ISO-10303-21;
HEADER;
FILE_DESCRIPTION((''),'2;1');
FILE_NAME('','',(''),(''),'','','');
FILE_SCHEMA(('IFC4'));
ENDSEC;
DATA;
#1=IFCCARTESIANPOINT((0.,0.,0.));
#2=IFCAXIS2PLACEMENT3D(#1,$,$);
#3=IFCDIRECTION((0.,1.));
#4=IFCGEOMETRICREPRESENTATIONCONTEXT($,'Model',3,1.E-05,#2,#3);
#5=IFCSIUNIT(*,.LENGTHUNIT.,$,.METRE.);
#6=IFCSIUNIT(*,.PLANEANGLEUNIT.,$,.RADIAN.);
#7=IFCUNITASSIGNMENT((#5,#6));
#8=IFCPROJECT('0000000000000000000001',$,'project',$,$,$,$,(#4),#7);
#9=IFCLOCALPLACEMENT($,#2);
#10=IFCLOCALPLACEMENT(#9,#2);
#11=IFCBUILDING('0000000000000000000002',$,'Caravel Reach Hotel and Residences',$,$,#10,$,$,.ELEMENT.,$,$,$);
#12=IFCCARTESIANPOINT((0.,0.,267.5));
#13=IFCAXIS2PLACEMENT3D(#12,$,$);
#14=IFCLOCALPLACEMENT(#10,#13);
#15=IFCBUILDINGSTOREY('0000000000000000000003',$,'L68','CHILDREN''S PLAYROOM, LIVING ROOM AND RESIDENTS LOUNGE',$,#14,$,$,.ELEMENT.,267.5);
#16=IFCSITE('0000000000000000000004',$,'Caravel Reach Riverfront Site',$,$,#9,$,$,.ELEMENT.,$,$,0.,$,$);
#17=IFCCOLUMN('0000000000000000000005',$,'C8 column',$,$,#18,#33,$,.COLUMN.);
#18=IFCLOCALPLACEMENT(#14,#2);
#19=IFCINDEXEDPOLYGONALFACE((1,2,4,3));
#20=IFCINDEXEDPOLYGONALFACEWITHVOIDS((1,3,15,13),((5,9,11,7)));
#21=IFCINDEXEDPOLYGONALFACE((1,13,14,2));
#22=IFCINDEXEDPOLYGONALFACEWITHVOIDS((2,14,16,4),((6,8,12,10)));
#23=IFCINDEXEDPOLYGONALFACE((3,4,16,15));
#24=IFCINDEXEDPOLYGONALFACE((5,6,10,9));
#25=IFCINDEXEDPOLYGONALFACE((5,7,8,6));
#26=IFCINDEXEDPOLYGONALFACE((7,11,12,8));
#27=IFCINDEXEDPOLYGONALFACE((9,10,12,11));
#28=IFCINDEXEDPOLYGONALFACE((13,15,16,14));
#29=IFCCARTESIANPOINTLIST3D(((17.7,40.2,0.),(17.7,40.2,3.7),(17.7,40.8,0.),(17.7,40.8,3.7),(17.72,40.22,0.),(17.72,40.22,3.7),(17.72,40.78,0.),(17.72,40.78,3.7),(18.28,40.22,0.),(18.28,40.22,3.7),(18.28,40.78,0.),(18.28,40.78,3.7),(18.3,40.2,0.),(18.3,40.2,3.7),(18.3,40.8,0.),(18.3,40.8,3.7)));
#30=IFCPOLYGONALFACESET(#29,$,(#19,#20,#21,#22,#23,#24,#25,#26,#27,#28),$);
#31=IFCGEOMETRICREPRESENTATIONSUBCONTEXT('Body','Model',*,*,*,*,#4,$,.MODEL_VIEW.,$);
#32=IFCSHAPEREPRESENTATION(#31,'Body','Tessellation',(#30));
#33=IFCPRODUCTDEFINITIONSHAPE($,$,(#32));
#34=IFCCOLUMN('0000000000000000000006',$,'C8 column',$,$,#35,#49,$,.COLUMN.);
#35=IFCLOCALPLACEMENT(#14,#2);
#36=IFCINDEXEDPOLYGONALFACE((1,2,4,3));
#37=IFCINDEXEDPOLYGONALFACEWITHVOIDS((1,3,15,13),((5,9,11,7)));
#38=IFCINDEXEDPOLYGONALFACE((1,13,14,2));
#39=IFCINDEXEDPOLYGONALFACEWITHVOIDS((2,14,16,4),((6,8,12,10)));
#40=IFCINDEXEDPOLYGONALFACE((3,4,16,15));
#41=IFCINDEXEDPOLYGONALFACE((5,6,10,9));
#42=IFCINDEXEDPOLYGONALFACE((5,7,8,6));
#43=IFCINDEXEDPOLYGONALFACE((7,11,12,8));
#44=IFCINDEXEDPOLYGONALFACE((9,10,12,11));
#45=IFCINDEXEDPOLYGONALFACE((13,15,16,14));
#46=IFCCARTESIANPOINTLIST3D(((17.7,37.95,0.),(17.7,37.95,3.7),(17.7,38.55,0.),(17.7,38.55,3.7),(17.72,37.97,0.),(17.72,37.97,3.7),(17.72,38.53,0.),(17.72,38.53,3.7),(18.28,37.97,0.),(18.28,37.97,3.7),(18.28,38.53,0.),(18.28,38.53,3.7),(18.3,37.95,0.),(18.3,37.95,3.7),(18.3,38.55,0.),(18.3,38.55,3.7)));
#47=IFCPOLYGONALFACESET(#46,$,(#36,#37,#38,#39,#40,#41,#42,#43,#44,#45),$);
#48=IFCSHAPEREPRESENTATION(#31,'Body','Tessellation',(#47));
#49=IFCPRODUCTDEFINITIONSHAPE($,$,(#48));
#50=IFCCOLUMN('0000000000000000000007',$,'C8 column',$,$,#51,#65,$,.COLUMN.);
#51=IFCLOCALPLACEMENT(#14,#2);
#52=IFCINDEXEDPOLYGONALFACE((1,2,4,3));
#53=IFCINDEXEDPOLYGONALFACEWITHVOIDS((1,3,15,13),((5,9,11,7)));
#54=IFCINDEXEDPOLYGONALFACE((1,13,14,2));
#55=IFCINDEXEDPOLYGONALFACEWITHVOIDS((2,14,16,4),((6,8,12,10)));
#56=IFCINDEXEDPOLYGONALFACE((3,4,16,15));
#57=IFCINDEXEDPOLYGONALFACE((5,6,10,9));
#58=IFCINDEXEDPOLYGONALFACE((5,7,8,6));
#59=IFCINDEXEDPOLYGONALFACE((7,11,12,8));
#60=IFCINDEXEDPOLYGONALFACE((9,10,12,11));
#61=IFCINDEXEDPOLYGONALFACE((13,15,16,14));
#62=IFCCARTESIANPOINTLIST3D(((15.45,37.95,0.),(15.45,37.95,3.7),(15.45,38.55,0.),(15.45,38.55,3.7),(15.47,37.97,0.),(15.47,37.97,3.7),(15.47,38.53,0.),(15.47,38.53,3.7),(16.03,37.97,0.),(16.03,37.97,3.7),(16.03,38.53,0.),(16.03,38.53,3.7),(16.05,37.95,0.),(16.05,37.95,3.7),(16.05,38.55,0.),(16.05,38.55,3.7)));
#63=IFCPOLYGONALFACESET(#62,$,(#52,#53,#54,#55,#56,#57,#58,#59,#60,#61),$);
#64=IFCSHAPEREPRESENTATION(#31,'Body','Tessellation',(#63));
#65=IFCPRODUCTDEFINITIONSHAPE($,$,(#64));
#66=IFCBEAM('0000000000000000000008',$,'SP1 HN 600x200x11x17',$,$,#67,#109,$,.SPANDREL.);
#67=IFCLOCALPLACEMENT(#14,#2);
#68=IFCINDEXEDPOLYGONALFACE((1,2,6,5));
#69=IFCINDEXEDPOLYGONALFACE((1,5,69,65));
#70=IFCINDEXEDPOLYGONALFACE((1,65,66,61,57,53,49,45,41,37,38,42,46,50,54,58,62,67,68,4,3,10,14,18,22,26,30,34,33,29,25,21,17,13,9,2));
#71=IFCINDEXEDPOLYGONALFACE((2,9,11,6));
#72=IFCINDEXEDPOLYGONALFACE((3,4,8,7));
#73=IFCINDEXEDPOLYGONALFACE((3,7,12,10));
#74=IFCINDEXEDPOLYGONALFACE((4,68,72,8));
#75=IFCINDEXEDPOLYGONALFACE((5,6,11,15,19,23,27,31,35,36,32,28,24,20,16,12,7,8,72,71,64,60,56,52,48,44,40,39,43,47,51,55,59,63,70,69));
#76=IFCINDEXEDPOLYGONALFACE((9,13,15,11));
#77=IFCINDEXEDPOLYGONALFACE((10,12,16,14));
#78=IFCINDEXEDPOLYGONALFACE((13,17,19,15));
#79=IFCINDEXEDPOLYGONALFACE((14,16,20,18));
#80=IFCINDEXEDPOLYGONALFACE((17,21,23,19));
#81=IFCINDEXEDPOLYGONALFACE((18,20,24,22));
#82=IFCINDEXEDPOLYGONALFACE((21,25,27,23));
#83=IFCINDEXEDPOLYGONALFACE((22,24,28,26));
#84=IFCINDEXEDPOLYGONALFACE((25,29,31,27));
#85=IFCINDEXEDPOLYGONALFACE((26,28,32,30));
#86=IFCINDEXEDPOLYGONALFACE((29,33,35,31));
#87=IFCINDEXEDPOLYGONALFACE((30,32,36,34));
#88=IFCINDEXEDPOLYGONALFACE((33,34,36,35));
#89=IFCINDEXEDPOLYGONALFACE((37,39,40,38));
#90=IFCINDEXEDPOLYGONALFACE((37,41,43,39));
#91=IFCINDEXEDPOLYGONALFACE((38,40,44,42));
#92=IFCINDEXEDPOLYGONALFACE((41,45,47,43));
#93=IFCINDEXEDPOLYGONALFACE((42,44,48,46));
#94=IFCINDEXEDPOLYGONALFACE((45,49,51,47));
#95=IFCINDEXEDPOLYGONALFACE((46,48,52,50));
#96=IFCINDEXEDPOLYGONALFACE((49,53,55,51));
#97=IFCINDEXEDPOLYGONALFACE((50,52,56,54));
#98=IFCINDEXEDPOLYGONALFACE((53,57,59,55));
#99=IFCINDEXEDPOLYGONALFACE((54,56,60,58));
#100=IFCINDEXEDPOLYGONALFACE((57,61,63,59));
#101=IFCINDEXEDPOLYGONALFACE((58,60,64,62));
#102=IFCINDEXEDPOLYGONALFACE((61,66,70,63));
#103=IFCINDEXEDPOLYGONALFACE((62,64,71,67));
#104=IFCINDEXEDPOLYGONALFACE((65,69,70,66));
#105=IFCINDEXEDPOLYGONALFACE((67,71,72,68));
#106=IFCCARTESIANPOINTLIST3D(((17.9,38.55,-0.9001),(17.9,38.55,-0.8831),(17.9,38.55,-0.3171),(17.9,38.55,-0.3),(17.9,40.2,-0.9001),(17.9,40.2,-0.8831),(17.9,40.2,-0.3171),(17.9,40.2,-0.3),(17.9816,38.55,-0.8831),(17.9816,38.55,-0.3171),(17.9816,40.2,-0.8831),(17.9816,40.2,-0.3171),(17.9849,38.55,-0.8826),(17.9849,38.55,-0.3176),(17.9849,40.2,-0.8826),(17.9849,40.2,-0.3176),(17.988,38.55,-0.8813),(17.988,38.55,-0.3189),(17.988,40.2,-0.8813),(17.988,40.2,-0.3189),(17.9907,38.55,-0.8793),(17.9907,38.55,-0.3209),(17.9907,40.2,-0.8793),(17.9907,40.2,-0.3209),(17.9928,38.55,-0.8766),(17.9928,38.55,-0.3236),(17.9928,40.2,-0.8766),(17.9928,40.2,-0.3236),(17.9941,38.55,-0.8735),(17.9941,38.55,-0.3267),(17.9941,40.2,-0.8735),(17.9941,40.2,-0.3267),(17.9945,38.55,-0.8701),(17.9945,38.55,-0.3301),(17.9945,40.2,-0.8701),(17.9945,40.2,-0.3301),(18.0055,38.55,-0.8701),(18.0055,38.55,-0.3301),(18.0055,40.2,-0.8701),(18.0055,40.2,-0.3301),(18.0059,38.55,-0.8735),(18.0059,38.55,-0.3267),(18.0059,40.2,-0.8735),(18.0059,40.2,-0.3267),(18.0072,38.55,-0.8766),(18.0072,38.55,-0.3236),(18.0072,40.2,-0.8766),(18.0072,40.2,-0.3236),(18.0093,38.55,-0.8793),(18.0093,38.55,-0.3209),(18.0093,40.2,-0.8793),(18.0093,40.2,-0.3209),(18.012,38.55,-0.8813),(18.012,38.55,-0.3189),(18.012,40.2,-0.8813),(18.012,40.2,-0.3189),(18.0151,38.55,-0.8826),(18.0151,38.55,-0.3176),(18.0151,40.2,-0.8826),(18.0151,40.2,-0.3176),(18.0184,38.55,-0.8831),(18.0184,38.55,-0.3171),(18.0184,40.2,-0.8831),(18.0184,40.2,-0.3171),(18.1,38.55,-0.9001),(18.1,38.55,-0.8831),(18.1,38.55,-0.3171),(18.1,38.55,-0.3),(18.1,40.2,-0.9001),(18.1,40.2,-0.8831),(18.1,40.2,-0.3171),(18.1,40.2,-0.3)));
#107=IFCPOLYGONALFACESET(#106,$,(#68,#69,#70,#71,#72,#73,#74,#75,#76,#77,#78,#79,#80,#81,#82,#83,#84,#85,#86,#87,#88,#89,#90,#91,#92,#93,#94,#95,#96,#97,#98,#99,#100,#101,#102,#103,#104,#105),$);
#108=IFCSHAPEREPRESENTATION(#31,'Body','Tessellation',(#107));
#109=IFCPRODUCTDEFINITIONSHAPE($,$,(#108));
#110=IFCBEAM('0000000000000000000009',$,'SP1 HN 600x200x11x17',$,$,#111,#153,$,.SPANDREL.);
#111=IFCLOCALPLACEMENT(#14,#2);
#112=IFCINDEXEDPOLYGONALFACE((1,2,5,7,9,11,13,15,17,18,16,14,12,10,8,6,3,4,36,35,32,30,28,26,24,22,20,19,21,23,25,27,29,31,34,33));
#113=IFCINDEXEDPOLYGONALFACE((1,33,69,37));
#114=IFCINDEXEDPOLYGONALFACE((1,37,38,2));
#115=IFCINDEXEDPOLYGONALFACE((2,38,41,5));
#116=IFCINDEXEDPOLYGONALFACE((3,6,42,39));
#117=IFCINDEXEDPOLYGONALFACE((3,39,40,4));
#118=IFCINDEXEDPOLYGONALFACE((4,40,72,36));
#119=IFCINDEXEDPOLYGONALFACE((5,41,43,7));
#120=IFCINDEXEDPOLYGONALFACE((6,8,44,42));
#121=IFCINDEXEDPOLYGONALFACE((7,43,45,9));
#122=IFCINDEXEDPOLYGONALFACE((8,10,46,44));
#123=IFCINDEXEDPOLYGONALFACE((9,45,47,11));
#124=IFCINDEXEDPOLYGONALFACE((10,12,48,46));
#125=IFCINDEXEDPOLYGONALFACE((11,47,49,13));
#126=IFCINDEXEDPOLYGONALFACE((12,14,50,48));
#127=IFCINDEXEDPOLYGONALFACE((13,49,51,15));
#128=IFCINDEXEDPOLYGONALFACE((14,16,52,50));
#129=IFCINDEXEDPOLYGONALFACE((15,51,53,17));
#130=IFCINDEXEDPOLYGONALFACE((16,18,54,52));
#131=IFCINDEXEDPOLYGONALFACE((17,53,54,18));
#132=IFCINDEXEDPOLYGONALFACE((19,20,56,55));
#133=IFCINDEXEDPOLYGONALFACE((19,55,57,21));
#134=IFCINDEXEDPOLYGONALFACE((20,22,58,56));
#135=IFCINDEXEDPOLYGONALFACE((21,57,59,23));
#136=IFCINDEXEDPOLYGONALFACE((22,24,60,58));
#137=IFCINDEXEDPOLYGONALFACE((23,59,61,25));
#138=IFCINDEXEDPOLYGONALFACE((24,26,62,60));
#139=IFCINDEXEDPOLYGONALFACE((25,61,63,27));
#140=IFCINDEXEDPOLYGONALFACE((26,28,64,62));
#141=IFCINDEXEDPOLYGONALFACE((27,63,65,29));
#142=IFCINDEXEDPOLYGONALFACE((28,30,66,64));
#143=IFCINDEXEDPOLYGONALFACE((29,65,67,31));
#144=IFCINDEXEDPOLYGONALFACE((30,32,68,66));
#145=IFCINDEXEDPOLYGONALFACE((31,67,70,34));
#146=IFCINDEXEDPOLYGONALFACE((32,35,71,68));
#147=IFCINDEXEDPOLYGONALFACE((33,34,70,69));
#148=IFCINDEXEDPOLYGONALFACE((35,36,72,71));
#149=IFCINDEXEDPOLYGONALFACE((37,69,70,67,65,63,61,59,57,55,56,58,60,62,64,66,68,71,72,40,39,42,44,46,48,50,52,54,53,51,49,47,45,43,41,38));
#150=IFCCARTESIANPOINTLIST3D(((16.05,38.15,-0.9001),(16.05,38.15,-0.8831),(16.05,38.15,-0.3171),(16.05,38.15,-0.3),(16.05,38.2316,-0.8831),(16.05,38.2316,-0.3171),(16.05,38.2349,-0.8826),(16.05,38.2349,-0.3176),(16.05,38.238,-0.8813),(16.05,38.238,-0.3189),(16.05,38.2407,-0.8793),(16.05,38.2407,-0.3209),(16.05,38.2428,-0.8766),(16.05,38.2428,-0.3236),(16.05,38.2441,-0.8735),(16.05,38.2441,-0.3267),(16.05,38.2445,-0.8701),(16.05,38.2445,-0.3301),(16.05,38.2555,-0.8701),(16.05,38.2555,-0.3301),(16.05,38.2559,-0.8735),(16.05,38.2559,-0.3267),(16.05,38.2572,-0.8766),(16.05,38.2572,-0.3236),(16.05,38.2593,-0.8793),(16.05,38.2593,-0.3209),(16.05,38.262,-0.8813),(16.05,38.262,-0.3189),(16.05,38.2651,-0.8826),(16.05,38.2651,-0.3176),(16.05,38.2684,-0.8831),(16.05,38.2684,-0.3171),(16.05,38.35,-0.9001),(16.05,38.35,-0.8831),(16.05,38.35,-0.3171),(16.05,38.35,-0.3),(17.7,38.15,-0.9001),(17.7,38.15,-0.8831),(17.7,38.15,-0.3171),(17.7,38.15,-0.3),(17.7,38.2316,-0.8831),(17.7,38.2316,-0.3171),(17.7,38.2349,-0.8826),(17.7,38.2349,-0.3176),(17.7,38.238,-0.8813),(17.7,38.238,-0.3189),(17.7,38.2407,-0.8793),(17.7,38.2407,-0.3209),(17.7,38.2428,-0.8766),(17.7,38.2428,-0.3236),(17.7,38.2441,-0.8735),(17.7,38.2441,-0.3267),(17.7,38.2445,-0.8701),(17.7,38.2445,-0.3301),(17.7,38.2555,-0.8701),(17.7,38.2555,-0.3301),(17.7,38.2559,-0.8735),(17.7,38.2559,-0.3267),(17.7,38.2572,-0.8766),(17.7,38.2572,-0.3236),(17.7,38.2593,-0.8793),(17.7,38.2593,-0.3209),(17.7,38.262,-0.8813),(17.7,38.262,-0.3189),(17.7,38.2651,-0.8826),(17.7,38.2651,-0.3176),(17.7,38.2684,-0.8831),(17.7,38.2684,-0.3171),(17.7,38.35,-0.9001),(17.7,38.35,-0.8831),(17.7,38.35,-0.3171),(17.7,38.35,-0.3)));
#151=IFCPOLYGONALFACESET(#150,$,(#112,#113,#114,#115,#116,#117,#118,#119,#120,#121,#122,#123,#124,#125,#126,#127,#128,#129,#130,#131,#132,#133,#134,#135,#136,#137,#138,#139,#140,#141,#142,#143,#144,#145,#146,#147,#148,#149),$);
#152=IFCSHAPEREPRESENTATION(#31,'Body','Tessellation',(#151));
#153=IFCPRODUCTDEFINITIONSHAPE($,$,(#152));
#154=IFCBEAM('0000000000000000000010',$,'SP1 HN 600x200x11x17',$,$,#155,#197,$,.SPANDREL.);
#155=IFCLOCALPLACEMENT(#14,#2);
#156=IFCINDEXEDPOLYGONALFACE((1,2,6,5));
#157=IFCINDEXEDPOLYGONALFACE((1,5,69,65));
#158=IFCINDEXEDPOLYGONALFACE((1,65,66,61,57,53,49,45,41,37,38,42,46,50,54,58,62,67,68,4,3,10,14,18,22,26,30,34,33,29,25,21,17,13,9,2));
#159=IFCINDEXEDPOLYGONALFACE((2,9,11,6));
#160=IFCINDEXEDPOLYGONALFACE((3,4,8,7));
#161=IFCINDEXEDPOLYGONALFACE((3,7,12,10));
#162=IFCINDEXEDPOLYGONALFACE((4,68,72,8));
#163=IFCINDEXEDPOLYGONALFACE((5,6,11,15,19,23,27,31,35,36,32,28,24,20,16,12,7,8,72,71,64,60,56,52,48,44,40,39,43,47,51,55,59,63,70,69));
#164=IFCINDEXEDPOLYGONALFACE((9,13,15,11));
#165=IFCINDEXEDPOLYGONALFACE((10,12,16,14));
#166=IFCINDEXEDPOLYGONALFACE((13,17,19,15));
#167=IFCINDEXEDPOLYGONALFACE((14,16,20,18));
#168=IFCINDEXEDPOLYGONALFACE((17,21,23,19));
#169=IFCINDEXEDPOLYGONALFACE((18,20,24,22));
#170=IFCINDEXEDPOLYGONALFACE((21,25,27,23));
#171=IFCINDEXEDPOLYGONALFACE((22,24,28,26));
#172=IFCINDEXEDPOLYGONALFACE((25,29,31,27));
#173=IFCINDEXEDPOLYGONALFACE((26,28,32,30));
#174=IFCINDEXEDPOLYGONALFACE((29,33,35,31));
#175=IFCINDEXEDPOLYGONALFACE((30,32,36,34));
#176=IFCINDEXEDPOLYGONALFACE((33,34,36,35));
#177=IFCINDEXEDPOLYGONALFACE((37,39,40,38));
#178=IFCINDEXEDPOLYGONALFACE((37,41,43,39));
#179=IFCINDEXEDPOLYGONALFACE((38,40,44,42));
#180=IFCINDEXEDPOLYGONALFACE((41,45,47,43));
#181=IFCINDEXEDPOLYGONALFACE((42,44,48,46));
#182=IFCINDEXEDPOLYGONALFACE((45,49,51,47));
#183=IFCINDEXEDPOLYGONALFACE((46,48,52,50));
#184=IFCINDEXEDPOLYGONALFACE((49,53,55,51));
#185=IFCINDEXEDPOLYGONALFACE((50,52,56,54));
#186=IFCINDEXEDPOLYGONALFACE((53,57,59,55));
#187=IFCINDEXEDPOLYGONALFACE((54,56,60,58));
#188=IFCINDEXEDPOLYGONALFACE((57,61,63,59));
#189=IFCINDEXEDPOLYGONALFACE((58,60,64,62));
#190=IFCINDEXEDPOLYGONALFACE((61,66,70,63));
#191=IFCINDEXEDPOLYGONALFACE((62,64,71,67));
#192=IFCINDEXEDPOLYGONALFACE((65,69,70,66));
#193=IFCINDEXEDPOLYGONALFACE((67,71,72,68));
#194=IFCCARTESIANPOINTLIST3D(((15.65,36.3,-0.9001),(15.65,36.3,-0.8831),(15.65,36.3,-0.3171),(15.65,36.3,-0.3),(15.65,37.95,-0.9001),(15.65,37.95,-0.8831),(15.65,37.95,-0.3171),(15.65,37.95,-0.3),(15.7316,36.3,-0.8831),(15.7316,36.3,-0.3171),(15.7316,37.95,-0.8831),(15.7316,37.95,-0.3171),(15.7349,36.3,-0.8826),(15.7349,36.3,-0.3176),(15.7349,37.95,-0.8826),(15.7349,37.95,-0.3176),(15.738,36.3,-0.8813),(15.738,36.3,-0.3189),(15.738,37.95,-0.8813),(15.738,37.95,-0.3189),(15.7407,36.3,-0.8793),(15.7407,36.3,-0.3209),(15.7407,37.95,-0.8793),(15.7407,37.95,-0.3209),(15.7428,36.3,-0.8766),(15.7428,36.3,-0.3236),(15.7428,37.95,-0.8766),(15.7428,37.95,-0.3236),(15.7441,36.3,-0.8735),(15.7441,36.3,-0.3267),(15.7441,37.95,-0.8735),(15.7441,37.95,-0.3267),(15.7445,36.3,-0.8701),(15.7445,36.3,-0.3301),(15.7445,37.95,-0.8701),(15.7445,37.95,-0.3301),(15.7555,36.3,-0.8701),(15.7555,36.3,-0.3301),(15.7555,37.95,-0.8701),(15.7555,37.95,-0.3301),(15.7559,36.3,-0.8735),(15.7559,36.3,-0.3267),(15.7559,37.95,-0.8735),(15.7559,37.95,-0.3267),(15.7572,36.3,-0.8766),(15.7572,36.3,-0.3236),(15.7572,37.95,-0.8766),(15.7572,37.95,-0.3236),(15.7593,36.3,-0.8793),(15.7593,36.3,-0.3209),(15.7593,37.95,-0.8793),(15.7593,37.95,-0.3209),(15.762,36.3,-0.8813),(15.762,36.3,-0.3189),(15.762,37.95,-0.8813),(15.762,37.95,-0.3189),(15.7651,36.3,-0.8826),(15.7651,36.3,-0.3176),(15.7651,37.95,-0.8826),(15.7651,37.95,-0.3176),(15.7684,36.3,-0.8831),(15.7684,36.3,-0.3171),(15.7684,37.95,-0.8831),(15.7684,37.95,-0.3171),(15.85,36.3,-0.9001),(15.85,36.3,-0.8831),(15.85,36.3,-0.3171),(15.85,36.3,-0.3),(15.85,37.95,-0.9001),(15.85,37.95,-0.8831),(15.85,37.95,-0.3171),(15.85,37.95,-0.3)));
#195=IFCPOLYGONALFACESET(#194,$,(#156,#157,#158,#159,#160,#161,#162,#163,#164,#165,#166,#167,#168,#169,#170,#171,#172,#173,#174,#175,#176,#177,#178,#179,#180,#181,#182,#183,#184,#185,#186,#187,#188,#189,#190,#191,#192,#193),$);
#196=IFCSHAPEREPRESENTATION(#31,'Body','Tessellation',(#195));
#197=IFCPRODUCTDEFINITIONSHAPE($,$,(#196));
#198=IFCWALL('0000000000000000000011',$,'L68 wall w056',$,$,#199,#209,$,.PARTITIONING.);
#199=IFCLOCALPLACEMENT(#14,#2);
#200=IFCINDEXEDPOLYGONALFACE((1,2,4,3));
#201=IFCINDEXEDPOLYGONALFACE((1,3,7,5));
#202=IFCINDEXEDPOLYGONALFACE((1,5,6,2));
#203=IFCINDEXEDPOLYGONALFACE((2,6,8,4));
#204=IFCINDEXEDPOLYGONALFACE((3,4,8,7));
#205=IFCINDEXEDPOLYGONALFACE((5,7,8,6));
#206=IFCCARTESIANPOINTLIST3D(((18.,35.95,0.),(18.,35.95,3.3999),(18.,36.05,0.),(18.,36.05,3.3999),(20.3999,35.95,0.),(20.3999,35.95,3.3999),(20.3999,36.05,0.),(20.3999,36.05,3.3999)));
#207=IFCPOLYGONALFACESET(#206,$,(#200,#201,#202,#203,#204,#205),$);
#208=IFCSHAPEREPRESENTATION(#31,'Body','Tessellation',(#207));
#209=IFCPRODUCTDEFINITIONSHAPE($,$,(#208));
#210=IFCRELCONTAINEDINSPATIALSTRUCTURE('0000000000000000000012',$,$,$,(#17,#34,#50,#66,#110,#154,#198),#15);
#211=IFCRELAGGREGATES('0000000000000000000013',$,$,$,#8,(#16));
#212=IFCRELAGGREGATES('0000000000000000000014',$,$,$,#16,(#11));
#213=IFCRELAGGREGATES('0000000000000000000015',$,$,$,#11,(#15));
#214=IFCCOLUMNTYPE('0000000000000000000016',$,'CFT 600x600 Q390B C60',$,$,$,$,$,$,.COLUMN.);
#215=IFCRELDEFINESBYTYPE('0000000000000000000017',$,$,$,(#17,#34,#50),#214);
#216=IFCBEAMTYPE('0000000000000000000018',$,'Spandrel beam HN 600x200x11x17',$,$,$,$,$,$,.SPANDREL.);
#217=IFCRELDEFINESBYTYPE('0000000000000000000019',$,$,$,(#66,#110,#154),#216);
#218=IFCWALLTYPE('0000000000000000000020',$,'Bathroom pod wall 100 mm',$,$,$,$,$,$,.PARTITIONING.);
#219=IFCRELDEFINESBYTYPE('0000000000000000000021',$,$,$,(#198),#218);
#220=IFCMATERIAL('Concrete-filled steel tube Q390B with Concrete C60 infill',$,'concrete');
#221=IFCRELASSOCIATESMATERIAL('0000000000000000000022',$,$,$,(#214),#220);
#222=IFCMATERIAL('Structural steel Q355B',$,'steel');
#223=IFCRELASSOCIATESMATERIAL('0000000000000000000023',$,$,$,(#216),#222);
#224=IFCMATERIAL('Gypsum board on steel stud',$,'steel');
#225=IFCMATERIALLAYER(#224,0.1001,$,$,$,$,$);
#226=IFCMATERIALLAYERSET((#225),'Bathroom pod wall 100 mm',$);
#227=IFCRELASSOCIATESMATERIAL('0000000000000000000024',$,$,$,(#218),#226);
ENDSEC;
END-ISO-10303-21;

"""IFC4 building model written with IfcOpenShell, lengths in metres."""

from ifc_helpers import new_model, si_unit, direction, frame, frame_2d, origin, origin_2d, place, context, subcontext, project, spatial, rectangle, hollow_rectangle, i_section, extrude, material, layer, layer_set, material_profile, profile_set, type_object, element, save


model = new_model("IFC4")

# Units and contexts
model_context = context("Model", 3, precision=1e-05, world=origin(), true_north=direction((0.0, 1.0)))
body_context = subcontext(model_context, "Body", "Model", "MODEL_VIEW")
ifc_project = project(units=[si_unit("LENGTHUNIT", "METRE"), si_unit("PLANEANGLEUNIT", "RADIAN")], contexts=[model_context])

# Site, building, storey
site_placement = place(None, origin())
site = spatial("IfcSite", under=ifc_project, at=site_placement, Name="Caravel Reach Riverfront Site", CompositionType="ELEMENT", RefElevation=0.0)
building_placement = place(site_placement, origin())
building = spatial("IfcBuilding", under=site, at=building_placement, Name="Caravel Reach Hotel and Residences", CompositionType="ELEMENT")
storey_placement = place(building_placement, frame((0.0, 0.0, 267.5)))
storey = spatial("IfcBuildingStorey", under=building, at=storey_placement, Name="L68", Description="CHILDREN'S PLAYROOM, LIVING ROOM AND RESIDENTS LOUNGE", CompositionType="ELEMENT", Elevation=267.5)

# Columns
ifc_material_1 = material(Name="Concrete-filled steel tube Q390B with Concrete C60 infill", Category="concrete")
ifc_material_profile_1 = material_profile(ifc_material_1, hollow_rectangle(XDim=0.6001, YDim=0.6001, WallThickness=0.02, at=origin_2d()), Name="RHS 600x600x20")
ifc_profile_set_1 = profile_set([ifc_material_profile_1], Name="Concrete-filled steel tube Q390B with Concrete C60 infill")
column_type = type_object("IfcColumnType", Name="CFT 600x600 Q390B C60", PredefinedType="COLUMN", material=ifc_profile_set_1)
for number, where, z_axis, x_axis, name in (
    (1, (18.0, 40.5, 0.0), (0.0, 0.0, 1.0), (1.0, 0.0, 0.0), "C8 column"),
    (2, (18.0, 38.25, 0.0), (0.0, 0.0, 1.0), (1.0, 0.0, 0.0), "C8 column"),
    (3, (15.75, 38.25, 0.0), (0.0, 0.0, 1.0), (1.0, 0.0, 0.0), "C8 column"),
):
    element("IfcColumn", number, at=place(storey_placement, frame(where, z_axis=z_axis, x_axis=x_axis)), inside=storey, type_object=column_type, Name=name, PredefinedType="COLUMN", context=body_context, shape_type="SweptSolid", body=[
        extrude(hollow_rectangle(XDim=0.6001, YDim=0.6001, WallThickness=0.02, at=origin_2d()), origin(), (0.0, 0.0, 1.0), 3.7),
    ])

# Beams
ifc_material_2 = material(Name="Structural steel Q355B", Category="steel")
ifc_material_profile_2 = material_profile(ifc_material_2, i_section(OverallWidth=0.2, OverallDepth=0.6001, WebThickness=0.011, FlangeThickness=0.0171, FilletRadius=0.0129, at=origin_2d()), Name="HN 600x200x11x17")
ifc_profile_set_2 = profile_set([ifc_material_profile_2], Name="Structural steel Q355B")
beam_type = type_object("IfcBeamType", Name="Spandrel beam HN 600x200x11x17", PredefinedType="SPANDREL", material=ifc_profile_set_2)
for number, where, z_axis, x_axis, name in (
    (4, (18.0, 40.2, -0.6001), (0.0, -1.0, 0.0), (1.0, 0.0, 0.0), "SP1 HN 600x200x11x17"),
    (5, (17.7, 38.25, -0.6001), (-1.0, 0.0, 0.0), (0.0, -1.0, 0.0), "SP1 HN 600x200x11x17"),
    (6, (15.75, 37.95, -0.6001), (0.0, -1.0, 0.0), (1.0, 0.0, 0.0), "SP1 HN 600x200x11x17"),
):
    element("IfcBeam", number, at=place(storey_placement, frame(where, z_axis=z_axis, x_axis=x_axis)), inside=storey, type_object=beam_type, Name=name, PredefinedType="SPANDREL", context=body_context, shape_type="SweptSolid", body=[
        extrude(i_section(OverallWidth=0.2, OverallDepth=0.6001, WebThickness=0.011, FlangeThickness=0.0171, FilletRadius=0.0129, at=origin_2d()), origin(), (0.0, 0.0, 1.0), 1.6499),
    ])

# Wall
ifc_material_3 = material(Name="Gypsum board on steel stud", Category="steel")
ifc_layer_1 = layer(ifc_material_3, 0.1001)
ifc_layer_set_1 = layer_set([ifc_layer_1], Name="Bathroom pod wall 100 mm")
wall_type_1 = type_object("IfcWallType", Name="Bathroom pod wall 100 mm", PredefinedType="PARTITIONING", material=ifc_layer_set_1)
wall_1_placement = place(storey_placement, frame((18.0, 36.0, 0.0), z_axis=(0.0, 0.0, 1.0), x_axis=(1.0, 0.0, 0.0)))
element("IfcWall", 7, at=wall_1_placement, inside=storey, type_object=wall_type_1, Name="L68 wall w056", PredefinedType="PARTITIONING", context=body_context, shape_type="SweptSolid", body=[
    extrude(rectangle(XDim=2.3999, YDim=0.1001, at=frame_2d((1.2, 0.0))), origin(), (0.0, 0.0, 1.0), 3.3999),
])

save(model, "model.ifc")
